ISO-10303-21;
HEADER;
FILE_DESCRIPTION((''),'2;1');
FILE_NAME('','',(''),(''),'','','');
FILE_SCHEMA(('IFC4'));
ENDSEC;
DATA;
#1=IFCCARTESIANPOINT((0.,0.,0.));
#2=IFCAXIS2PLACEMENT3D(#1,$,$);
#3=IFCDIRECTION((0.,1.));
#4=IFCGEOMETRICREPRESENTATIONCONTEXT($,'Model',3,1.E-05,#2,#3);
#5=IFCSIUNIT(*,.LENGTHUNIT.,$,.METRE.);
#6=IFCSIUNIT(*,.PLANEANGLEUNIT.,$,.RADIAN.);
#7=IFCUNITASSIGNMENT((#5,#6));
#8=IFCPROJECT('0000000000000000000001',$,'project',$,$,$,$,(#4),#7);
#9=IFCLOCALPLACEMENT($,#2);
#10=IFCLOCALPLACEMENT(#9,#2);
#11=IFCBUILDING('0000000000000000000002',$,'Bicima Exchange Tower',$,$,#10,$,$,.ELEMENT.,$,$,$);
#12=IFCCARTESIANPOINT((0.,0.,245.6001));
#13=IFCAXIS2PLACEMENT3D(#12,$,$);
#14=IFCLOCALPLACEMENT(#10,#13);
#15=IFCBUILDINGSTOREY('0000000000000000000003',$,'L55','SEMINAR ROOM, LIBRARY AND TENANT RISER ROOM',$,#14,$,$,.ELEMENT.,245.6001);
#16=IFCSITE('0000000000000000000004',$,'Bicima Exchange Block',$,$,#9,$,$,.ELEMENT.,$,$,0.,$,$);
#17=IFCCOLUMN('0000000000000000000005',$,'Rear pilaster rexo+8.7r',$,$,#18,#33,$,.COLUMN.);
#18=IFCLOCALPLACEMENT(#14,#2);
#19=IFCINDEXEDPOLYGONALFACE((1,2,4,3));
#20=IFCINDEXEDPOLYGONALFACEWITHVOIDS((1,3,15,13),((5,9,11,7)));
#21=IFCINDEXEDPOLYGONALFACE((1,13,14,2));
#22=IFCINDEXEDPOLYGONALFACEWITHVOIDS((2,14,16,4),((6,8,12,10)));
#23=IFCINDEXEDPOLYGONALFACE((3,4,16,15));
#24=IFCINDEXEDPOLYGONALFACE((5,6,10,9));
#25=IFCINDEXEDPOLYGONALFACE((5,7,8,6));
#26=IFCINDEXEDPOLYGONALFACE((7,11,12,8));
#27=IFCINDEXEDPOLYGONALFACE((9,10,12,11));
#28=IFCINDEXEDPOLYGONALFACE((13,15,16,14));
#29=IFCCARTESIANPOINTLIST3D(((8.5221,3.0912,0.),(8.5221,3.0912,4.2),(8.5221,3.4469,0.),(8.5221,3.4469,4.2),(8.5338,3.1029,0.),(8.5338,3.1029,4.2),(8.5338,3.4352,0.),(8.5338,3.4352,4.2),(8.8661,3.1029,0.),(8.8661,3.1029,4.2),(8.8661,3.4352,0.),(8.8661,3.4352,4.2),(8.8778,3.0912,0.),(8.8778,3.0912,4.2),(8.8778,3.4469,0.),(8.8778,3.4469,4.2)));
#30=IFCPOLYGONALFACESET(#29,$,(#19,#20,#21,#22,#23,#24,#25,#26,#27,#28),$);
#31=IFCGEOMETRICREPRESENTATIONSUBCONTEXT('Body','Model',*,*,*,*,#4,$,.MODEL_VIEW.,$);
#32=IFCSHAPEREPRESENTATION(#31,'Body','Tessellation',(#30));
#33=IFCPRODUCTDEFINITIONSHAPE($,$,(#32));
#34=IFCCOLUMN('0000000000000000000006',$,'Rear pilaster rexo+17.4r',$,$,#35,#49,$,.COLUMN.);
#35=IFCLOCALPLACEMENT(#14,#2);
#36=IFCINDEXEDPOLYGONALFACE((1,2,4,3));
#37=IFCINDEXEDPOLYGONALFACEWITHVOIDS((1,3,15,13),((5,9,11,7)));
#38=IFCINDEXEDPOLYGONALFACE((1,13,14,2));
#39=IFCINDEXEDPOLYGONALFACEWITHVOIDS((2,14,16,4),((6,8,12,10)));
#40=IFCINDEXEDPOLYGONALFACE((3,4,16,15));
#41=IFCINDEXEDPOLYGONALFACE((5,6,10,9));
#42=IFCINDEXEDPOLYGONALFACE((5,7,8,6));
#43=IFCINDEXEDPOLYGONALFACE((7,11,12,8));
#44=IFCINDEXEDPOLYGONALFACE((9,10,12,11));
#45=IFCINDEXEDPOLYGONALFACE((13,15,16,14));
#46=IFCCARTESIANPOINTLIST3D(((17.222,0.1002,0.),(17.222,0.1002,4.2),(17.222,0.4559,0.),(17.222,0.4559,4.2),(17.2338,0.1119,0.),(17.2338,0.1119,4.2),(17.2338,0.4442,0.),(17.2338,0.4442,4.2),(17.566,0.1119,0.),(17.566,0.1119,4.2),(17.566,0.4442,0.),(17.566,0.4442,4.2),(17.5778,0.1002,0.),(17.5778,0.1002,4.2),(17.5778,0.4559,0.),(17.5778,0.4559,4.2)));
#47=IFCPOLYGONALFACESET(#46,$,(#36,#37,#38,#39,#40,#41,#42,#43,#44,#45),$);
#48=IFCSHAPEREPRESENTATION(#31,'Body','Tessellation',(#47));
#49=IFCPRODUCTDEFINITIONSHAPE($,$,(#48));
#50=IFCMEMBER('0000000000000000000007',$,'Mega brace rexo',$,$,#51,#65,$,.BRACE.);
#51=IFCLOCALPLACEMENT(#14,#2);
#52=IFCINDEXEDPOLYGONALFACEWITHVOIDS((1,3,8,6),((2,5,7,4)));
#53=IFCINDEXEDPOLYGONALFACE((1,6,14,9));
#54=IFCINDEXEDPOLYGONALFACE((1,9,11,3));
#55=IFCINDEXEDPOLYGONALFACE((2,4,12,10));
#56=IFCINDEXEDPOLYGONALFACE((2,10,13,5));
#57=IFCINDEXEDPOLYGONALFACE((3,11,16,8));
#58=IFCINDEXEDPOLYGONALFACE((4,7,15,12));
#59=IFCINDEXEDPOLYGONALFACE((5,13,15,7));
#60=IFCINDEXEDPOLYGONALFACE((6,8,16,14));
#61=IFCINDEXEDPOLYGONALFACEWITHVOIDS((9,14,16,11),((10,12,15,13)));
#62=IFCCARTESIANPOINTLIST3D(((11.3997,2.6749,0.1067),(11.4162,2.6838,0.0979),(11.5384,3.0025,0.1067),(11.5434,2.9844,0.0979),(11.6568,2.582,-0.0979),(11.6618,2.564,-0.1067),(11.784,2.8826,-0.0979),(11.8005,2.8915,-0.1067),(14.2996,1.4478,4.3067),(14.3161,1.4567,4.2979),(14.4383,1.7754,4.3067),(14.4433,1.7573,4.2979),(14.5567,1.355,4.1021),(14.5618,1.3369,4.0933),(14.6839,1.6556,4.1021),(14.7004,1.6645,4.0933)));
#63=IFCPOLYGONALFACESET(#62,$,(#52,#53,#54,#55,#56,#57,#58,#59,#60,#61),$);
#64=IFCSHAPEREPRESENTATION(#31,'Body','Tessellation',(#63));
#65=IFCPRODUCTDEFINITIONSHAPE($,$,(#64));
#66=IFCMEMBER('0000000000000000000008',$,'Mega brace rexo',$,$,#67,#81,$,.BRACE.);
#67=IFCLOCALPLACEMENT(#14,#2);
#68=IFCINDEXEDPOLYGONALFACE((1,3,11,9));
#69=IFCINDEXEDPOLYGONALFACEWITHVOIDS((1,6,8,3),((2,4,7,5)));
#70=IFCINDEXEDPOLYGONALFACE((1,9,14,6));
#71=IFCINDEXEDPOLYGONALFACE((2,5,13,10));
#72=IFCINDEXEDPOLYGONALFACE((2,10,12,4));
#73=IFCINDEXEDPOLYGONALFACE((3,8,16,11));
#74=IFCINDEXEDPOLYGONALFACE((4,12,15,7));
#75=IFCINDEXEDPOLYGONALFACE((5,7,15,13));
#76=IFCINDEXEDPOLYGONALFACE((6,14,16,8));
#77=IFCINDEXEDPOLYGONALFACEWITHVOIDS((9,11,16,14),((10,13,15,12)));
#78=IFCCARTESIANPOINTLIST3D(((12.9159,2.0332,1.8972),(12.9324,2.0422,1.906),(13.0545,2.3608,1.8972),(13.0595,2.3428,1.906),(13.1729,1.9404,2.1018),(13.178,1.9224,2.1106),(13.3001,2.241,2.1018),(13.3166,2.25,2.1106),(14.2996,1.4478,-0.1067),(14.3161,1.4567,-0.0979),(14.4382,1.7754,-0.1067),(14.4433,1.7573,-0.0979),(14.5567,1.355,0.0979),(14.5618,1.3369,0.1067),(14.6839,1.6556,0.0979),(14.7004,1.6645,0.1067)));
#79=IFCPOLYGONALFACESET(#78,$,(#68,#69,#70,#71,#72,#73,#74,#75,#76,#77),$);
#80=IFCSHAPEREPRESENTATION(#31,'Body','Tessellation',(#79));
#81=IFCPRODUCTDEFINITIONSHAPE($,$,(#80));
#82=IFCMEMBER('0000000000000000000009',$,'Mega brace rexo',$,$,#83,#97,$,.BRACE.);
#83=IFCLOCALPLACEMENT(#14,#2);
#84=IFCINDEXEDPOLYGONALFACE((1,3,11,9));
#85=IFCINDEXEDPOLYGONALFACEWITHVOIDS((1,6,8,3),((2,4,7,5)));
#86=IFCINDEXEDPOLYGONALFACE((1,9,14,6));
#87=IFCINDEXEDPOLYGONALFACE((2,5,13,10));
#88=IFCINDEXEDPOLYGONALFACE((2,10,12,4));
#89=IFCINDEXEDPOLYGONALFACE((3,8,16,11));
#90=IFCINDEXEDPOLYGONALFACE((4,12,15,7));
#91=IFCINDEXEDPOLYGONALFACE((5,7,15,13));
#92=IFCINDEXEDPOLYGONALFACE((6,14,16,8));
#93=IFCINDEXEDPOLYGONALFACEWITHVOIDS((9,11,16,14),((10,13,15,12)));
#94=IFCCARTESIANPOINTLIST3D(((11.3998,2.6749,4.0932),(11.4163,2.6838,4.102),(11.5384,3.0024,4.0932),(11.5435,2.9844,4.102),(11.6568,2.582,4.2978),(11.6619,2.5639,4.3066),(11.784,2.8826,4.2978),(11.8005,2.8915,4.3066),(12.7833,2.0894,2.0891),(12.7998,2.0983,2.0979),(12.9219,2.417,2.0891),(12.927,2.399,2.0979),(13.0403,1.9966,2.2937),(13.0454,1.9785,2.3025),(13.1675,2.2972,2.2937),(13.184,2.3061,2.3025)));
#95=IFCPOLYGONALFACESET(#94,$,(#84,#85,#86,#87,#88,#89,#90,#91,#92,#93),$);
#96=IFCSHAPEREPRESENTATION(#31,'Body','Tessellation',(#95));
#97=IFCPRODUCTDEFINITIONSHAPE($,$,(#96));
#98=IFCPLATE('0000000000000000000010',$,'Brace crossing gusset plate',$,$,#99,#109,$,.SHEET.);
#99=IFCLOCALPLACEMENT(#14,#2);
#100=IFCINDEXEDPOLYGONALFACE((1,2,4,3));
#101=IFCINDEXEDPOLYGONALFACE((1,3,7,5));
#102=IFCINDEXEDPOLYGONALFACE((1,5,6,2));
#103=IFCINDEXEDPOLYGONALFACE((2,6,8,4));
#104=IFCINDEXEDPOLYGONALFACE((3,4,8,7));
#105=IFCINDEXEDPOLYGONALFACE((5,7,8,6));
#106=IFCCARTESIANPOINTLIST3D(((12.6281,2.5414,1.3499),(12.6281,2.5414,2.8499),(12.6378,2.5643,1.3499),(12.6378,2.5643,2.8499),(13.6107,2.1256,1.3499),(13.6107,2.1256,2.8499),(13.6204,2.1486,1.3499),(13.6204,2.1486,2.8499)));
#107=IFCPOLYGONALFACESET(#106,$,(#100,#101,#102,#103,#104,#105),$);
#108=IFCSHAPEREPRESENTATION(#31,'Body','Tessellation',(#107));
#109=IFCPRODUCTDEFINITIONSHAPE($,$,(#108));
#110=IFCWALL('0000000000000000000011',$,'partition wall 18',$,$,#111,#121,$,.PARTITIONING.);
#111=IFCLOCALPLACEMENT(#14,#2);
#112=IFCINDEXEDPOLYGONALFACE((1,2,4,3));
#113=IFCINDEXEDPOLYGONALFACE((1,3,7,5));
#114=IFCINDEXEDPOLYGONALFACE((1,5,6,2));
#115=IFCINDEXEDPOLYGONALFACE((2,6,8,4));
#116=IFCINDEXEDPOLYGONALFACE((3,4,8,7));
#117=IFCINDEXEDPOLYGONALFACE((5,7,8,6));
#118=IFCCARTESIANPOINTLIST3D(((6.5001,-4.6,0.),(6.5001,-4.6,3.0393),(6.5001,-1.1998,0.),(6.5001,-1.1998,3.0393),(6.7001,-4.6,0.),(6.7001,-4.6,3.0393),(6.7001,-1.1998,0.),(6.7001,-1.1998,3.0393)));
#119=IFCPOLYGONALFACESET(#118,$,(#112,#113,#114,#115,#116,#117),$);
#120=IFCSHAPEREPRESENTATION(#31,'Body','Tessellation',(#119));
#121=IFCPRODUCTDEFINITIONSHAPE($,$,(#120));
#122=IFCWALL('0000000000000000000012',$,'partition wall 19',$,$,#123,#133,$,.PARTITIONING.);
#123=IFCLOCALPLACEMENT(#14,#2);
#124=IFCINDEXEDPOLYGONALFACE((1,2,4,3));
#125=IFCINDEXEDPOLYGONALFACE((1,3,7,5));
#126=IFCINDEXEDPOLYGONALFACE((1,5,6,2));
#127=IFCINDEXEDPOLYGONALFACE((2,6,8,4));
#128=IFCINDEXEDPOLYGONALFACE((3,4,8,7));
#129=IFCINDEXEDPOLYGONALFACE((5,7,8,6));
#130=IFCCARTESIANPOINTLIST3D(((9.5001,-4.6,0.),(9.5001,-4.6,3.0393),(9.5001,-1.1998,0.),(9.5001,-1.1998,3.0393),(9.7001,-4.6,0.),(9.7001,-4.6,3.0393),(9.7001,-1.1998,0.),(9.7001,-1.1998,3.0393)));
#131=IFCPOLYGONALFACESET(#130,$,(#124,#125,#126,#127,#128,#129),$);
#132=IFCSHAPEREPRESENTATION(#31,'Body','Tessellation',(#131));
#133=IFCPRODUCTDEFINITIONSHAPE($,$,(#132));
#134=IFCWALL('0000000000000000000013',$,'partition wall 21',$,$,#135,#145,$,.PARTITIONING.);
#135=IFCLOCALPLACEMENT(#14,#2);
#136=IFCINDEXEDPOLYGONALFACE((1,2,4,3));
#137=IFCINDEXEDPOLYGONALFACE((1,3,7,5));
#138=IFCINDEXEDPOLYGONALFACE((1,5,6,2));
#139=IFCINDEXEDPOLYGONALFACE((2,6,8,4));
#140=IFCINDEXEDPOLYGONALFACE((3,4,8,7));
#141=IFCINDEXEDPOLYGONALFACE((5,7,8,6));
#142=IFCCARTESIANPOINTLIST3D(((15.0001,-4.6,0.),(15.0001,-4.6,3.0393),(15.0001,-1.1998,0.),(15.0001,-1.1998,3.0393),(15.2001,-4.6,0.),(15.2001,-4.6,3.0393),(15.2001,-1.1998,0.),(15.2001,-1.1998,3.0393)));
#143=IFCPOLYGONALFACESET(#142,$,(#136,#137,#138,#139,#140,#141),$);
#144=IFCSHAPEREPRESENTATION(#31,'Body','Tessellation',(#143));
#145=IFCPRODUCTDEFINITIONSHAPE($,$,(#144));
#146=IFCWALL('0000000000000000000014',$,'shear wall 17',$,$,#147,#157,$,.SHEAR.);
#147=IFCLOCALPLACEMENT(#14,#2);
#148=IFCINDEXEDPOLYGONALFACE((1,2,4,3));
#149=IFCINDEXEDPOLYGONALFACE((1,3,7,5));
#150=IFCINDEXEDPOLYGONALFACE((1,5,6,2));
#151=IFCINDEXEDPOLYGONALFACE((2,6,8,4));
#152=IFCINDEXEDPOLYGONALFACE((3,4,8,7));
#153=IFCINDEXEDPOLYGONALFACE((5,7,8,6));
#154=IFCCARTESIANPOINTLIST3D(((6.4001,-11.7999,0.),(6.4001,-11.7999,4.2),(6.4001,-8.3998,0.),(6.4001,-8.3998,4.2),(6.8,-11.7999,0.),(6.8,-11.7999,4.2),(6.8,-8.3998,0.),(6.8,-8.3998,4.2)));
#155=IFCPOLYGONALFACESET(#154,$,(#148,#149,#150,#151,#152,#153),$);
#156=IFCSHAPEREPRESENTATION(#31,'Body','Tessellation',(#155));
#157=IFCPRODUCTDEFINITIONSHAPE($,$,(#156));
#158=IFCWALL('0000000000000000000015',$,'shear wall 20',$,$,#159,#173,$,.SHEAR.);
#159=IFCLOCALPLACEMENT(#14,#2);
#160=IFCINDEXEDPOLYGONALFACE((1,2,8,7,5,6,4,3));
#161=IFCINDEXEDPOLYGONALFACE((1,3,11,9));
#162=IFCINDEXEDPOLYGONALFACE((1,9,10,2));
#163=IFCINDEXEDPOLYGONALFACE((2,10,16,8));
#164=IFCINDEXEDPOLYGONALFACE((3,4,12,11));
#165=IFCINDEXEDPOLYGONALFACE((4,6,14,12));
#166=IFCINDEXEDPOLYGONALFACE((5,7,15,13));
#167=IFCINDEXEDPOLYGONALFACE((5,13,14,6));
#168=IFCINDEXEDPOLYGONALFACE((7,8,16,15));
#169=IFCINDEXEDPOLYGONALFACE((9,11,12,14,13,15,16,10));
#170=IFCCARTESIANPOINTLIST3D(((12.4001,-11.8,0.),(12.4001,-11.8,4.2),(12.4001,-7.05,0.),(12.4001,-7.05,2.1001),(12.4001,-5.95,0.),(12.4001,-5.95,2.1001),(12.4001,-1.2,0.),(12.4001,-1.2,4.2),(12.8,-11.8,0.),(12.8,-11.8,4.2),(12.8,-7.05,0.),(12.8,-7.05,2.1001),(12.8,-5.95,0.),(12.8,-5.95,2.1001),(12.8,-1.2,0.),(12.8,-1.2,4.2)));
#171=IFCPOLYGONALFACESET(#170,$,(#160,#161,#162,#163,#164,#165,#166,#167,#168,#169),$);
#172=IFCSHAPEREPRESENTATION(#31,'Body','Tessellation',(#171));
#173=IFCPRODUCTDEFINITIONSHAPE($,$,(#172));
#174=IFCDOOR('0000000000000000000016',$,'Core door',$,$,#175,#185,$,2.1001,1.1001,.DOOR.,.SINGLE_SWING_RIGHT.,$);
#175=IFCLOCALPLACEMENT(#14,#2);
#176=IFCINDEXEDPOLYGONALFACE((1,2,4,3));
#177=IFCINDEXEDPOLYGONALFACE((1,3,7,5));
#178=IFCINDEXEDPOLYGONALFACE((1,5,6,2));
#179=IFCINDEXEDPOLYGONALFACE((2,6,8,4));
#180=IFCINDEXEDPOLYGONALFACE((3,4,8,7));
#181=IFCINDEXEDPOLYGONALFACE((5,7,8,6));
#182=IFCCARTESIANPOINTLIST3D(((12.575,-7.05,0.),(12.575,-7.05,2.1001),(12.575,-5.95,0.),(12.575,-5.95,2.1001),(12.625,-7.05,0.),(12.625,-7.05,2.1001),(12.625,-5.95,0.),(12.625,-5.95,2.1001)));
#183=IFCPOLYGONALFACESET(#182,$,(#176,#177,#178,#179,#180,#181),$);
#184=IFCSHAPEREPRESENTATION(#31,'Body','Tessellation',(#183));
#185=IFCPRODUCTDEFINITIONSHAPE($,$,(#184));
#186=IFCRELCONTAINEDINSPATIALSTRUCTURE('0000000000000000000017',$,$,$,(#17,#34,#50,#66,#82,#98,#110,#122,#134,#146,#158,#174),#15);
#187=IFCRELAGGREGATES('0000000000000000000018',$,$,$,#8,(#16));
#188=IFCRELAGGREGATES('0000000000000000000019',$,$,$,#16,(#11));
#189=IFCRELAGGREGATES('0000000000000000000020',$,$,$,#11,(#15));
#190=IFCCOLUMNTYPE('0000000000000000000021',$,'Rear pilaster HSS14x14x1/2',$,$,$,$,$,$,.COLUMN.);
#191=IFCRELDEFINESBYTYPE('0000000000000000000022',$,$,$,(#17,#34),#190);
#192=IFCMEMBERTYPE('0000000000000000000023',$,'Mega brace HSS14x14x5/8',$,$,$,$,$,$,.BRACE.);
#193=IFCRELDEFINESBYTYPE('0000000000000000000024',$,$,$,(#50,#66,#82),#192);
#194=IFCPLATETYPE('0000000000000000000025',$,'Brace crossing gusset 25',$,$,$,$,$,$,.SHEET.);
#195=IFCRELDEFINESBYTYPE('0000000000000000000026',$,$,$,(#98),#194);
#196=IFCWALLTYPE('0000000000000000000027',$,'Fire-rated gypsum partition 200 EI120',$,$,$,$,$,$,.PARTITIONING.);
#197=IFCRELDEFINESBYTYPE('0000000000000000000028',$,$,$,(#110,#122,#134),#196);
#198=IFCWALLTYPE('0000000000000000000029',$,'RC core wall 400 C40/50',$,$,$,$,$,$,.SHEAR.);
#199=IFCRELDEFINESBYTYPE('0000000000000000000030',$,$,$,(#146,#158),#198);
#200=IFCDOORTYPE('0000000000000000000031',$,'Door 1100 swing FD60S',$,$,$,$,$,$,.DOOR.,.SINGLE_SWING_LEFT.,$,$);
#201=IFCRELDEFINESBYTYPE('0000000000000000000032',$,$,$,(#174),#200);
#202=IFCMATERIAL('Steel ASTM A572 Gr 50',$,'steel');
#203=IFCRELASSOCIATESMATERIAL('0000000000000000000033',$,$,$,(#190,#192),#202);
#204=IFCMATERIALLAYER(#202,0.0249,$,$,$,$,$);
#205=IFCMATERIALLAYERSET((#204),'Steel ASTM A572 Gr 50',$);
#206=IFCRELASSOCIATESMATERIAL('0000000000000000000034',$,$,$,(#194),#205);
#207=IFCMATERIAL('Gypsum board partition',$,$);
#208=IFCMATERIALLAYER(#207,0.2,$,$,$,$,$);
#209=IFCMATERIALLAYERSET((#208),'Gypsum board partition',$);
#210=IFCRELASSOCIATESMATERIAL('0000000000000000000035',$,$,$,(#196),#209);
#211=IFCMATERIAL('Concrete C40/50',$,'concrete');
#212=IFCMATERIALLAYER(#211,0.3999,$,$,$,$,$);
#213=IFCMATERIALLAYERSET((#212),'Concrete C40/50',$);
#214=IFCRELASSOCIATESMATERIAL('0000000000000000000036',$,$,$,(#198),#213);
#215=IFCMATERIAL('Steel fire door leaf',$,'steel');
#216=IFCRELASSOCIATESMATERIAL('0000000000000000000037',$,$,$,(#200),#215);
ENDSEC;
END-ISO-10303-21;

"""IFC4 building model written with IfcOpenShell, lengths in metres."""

from ifc_helpers import new_model, si_unit, direction, frame, frame_2d, origin, origin_2d, place, context, subcontext, project, spatial, rectangle, hollow_rectangle, extrude, material, layer, layer_set, material_profile, profile_set, type_object, element, fill, save


model = new_model("IFC4")

# Units and contexts
model_context = context("Model", 3, precision=1e-05, world=origin(), true_north=direction((0.0, 1.0)))
body_context = subcontext(model_context, "Body", "Model", "MODEL_VIEW")
ifc_project = project(units=[si_unit("LENGTHUNIT", "METRE"), si_unit("PLANEANGLEUNIT", "RADIAN")], contexts=[model_context])

# Site, building, storey
site_placement = place(None, origin())
site = spatial("IfcSite", under=ifc_project, at=site_placement, Name="Bicima Exchange Block", CompositionType="ELEMENT", RefElevation=0.0)
building_placement = place(site_placement, origin())
building = spatial("IfcBuilding", under=site, at=building_placement, Name="Bicima Exchange Tower", CompositionType="ELEMENT")
storey_placement = place(building_placement, frame((0.0, 0.0, 245.6001)))
storey = spatial("IfcBuildingStorey", under=building, at=storey_placement, Name="L55", Description="SEMINAR ROOM, LIBRARY AND TENANT RISER ROOM", CompositionType="ELEMENT", Elevation=245.6001)

# Columns
ifc_material_1 = material(Name="Steel ASTM A572 Gr 50", Category="steel")
ifc_material_profile_1 = material_profile(ifc_material_1, hollow_rectangle(XDim=0.3557, YDim=0.3557, WallThickness=0.0117, at=origin_2d()))
ifc_profile_set_1 = profile_set([ifc_material_profile_1], Name="Steel ASTM A572 Gr 50")
column_type = type_object("IfcColumnType", Name="Rear pilaster HSS14x14x1/2", PredefinedType="COLUMN", material=ifc_profile_set_1)
for number, where, z_axis, x_axis, name in (
    (1, (8.7, 3.269, 0.0), (0.0, 0.0, 1.0), (1.0, 0.0, 0.0), "Rear pilaster rexo+8.7r"),
    (2, (17.3999, 0.2781, 0.0), (0.0, 0.0, 1.0), (1.0, 0.0, 0.0), "Rear pilaster rexo+17.4r"),
):
    element("IfcColumn", number, at=place(storey_placement, frame(where, z_axis=z_axis, x_axis=x_axis)), inside=storey, type_object=column_type, Name=name, PredefinedType="COLUMN", context=body_context, shape_type="SweptSolid", body=[
        extrude(hollow_rectangle(XDim=0.3557, YDim=0.3557, WallThickness=0.0117, at=origin_2d()), origin(), (0.0, 0.0, 1.0), 4.2),
    ])

# Members
ifc_material_profile_2 = material_profile(ifc_material_1, hollow_rectangle(XDim=0.3557, YDim=0.3557, WallThickness=0.0146, at=origin_2d()))
ifc_profile_set_2 = profile_set([ifc_material_profile_2], Name="Steel ASTM A572 Gr 50")
member_type = type_object("IfcMemberType", Name="Mega brace HSS14x14x5/8", PredefinedType="BRACE", material=ifc_profile_set_2)
member_placement = place(storey_placement, frame((11.6001, 2.7832, 0.0), z_axis=(0.552441, -0.233757, 0.800104), x_axis=(0.389686, 0.920948, 0.0)))
element("IfcMember", 3, at=member_placement, inside=storey, type_object=member_type, Name="Mega brace rexo", PredefinedType="BRACE", context=body_context, shape_type="SweptSolid", body=[
    extrude(hollow_rectangle(XDim=0.3557, YDim=0.3557, WallThickness=0.0146, at=origin_2d()), origin(), (0.0, 0.0, 1.0), 5.2493),
])
for number, where, z_axis, x_axis, name in (
    (4, (14.5, 1.5562, 0.0), (-0.552488, 0.233745, 0.800075), (-0.38964, -0.920967, 0.0), "Mega brace rexo"),
    (5, (12.9836, 2.1978, 2.1958), (-0.552378, 0.233739, 0.800153), (-0.389698, -0.920943, 0.0), "Mega brace rexo"),
):
    element("IfcMember", number, at=place(storey_placement, frame(where, z_axis=z_axis, x_axis=x_axis)), inside=storey, type_object=member_type, Name=name, PredefinedType="BRACE", context=body_context, shape_type="SweptSolid", body=[
        extrude(hollow_rectangle(XDim=0.3557, YDim=0.3557, WallThickness=0.0146, at=origin_2d()), origin(), (0.0, 0.0, 1.0), 2.5046),
    ])

# Plate
ifc_layer_1 = layer(ifc_material_1, 0.0249)
ifc_layer_set_1 = layer_set([ifc_layer_1], Name="Steel ASTM A572 Gr 50")
plate_type = type_object("IfcPlateType", Name="Brace crossing gusset 25", PredefinedType="SHEET", material=ifc_layer_set_1)
plate_placement = place(storey_placement, frame((13.1243, 2.345, 1.3499), z_axis=(0.0, 0.0, 1.0), x_axis=(0.920946, -0.38969, 0.0)))
element("IfcPlate", 6, at=plate_placement, inside=storey, type_object=plate_type, Name="Brace crossing gusset plate", PredefinedType="SHEET", context=body_context, shape_type="SweptSolid", body=[
    extrude(rectangle(XDim=1.0669, YDim=0.0249, at=origin_2d()), origin(), (0.0, 0.0, 1.0), 1.5),
])

# Walls
ifc_material_2 = material(Name="Gypsum board partition")
ifc_layer_2 = layer(ifc_material_2, 0.2)
ifc_layer_set_2 = layer_set([ifc_layer_2], Name="Gypsum board partition")
wall_type_1 = type_object("IfcWallType", Name="Fire-rated gypsum partition 200 EI120", PredefinedType="PARTITIONING", material=ifc_layer_set_2)
for number, where, z_axis, x_axis, name in (
    (7, (6.6001, -4.6001, 0.0), (0.0, 0.0, 1.0), (0.0, 1.0, 0.0), "partition wall 18"),
    (8, (9.6001, -4.6001, 0.0), (0.0, 0.0, 1.0), (0.0, 1.0, 0.0), "partition wall 19"),
    (9, (15.1001, -4.6001, 0.0), (0.0, 0.0, 1.0), (0.0, 1.0, 0.0), "partition wall 21"),
):
    element("IfcWall", number, at=place(storey_placement, frame(where, z_axis=z_axis, x_axis=x_axis)), inside=storey, type_object=wall_type_1, Name=name, PredefinedType="PARTITIONING", context=body_context, shape_type="SweptSolid", body=[
        extrude(rectangle(XDim=3.4001, YDim=0.2, at=frame_2d((1.7002, 0.0))), origin(), (0.0, 0.0, 1.0), 3.0393),
    ])
ifc_material_3 = material(Name="Concrete C40/50", Category="concrete")
ifc_layer_3 = layer(ifc_material_3, 0.3999)
ifc_layer_set_3 = layer_set([ifc_layer_3], Name="Concrete C40/50")
wall_type_2 = type_object("IfcWallType", Name="RC core wall 400 C40/50", PredefinedType="SHEAR", material=ifc_layer_set_3)
wall_1_placement = place(storey_placement, frame((6.6001, -11.8, 0.0), z_axis=(0.0, 0.0, 1.0), x_axis=(0.0, 1.0, 0.0)))
element("IfcWall", 10, at=wall_1_placement, inside=storey, type_object=wall_type_2, Name="shear wall 17", PredefinedType="SHEAR", context=body_context, shape_type="SweptSolid", body=[
    extrude(rectangle(XDim=3.4001, YDim=0.3999, at=frame_2d((1.7002, 0.0))), origin(), (0.0, 0.0, 1.0), 4.2),
])

# Wall, opening, door
wall_2_placement = place(storey_placement, frame((12.6001, -11.8, 0.0), z_axis=(0.0, 0.0, 1.0), x_axis=(0.0, 1.0, 0.0)))
wall_2 = element("IfcWall", 11, at=wall_2_placement, inside=storey, type_object=wall_type_2, Name="shear wall 20", PredefinedType="SHEAR", context=body_context, shape_type="SweptSolid", body=[
    extrude(rectangle(XDim=10.6001, YDim=0.3999, at=frame_2d((5.3, 0.0))), origin(), (0.0, 0.0, 1.0), 4.2),
])
opening_1_placement = place(wall_2_placement, frame((4.75, 0.0, 0.0)))
opening_1 = element("IfcOpeningElement", 12, at=opening_1_placement, cuts=wall_2, PredefinedType="OPENING", context=body_context, shape_type="SweptSolid", body=[
    extrude(rectangle(XDim=1.1001, YDim=2.1001, at=frame_2d((0.55, 1.05))), frame((0.0, 0.2119, 0.0), z_axis=(0.0, -1.0, 0.0), x_axis=(1.0, 0.0, 0.0)), (0.0, 0.0, 1.0), 0.4238),
])
ifc_material_4 = material(Name="Steel fire door leaf", Category="steel")
door_type = type_object("IfcDoorType", Name="Door 1100 swing FD60S", OperationType="SINGLE_SWING_LEFT", PredefinedType="DOOR", material=ifc_material_4)
door_1_placement = place(opening_1_placement, frame((1.1001, 0.0, 0.0), z_axis=(0.0, 0.0, 1.0), x_axis=(-1.0, 0.0, 0.0)))
door_1 = element("IfcDoor", 13, at=door_1_placement, inside=storey, type_object=door_type, Name="Core door", OperationType="SINGLE_SWING_RIGHT", OverallHeight=2.1001, OverallWidth=1.1001, PredefinedType="DOOR", context=body_context, shape_type="SweptSolid", body=[
    extrude(rectangle(XDim=1.1001, YDim=2.1001, at=frame_2d((0.55, 1.05))), frame((0.0, 0.0249, 0.0), z_axis=(0.0, -1.0, 0.0), x_axis=(1.0, 0.0, 0.0)), (0.0, 0.0, 1.0), 0.05),
])
fill(opening_1, door_1)

save(model, "model.ifc")
